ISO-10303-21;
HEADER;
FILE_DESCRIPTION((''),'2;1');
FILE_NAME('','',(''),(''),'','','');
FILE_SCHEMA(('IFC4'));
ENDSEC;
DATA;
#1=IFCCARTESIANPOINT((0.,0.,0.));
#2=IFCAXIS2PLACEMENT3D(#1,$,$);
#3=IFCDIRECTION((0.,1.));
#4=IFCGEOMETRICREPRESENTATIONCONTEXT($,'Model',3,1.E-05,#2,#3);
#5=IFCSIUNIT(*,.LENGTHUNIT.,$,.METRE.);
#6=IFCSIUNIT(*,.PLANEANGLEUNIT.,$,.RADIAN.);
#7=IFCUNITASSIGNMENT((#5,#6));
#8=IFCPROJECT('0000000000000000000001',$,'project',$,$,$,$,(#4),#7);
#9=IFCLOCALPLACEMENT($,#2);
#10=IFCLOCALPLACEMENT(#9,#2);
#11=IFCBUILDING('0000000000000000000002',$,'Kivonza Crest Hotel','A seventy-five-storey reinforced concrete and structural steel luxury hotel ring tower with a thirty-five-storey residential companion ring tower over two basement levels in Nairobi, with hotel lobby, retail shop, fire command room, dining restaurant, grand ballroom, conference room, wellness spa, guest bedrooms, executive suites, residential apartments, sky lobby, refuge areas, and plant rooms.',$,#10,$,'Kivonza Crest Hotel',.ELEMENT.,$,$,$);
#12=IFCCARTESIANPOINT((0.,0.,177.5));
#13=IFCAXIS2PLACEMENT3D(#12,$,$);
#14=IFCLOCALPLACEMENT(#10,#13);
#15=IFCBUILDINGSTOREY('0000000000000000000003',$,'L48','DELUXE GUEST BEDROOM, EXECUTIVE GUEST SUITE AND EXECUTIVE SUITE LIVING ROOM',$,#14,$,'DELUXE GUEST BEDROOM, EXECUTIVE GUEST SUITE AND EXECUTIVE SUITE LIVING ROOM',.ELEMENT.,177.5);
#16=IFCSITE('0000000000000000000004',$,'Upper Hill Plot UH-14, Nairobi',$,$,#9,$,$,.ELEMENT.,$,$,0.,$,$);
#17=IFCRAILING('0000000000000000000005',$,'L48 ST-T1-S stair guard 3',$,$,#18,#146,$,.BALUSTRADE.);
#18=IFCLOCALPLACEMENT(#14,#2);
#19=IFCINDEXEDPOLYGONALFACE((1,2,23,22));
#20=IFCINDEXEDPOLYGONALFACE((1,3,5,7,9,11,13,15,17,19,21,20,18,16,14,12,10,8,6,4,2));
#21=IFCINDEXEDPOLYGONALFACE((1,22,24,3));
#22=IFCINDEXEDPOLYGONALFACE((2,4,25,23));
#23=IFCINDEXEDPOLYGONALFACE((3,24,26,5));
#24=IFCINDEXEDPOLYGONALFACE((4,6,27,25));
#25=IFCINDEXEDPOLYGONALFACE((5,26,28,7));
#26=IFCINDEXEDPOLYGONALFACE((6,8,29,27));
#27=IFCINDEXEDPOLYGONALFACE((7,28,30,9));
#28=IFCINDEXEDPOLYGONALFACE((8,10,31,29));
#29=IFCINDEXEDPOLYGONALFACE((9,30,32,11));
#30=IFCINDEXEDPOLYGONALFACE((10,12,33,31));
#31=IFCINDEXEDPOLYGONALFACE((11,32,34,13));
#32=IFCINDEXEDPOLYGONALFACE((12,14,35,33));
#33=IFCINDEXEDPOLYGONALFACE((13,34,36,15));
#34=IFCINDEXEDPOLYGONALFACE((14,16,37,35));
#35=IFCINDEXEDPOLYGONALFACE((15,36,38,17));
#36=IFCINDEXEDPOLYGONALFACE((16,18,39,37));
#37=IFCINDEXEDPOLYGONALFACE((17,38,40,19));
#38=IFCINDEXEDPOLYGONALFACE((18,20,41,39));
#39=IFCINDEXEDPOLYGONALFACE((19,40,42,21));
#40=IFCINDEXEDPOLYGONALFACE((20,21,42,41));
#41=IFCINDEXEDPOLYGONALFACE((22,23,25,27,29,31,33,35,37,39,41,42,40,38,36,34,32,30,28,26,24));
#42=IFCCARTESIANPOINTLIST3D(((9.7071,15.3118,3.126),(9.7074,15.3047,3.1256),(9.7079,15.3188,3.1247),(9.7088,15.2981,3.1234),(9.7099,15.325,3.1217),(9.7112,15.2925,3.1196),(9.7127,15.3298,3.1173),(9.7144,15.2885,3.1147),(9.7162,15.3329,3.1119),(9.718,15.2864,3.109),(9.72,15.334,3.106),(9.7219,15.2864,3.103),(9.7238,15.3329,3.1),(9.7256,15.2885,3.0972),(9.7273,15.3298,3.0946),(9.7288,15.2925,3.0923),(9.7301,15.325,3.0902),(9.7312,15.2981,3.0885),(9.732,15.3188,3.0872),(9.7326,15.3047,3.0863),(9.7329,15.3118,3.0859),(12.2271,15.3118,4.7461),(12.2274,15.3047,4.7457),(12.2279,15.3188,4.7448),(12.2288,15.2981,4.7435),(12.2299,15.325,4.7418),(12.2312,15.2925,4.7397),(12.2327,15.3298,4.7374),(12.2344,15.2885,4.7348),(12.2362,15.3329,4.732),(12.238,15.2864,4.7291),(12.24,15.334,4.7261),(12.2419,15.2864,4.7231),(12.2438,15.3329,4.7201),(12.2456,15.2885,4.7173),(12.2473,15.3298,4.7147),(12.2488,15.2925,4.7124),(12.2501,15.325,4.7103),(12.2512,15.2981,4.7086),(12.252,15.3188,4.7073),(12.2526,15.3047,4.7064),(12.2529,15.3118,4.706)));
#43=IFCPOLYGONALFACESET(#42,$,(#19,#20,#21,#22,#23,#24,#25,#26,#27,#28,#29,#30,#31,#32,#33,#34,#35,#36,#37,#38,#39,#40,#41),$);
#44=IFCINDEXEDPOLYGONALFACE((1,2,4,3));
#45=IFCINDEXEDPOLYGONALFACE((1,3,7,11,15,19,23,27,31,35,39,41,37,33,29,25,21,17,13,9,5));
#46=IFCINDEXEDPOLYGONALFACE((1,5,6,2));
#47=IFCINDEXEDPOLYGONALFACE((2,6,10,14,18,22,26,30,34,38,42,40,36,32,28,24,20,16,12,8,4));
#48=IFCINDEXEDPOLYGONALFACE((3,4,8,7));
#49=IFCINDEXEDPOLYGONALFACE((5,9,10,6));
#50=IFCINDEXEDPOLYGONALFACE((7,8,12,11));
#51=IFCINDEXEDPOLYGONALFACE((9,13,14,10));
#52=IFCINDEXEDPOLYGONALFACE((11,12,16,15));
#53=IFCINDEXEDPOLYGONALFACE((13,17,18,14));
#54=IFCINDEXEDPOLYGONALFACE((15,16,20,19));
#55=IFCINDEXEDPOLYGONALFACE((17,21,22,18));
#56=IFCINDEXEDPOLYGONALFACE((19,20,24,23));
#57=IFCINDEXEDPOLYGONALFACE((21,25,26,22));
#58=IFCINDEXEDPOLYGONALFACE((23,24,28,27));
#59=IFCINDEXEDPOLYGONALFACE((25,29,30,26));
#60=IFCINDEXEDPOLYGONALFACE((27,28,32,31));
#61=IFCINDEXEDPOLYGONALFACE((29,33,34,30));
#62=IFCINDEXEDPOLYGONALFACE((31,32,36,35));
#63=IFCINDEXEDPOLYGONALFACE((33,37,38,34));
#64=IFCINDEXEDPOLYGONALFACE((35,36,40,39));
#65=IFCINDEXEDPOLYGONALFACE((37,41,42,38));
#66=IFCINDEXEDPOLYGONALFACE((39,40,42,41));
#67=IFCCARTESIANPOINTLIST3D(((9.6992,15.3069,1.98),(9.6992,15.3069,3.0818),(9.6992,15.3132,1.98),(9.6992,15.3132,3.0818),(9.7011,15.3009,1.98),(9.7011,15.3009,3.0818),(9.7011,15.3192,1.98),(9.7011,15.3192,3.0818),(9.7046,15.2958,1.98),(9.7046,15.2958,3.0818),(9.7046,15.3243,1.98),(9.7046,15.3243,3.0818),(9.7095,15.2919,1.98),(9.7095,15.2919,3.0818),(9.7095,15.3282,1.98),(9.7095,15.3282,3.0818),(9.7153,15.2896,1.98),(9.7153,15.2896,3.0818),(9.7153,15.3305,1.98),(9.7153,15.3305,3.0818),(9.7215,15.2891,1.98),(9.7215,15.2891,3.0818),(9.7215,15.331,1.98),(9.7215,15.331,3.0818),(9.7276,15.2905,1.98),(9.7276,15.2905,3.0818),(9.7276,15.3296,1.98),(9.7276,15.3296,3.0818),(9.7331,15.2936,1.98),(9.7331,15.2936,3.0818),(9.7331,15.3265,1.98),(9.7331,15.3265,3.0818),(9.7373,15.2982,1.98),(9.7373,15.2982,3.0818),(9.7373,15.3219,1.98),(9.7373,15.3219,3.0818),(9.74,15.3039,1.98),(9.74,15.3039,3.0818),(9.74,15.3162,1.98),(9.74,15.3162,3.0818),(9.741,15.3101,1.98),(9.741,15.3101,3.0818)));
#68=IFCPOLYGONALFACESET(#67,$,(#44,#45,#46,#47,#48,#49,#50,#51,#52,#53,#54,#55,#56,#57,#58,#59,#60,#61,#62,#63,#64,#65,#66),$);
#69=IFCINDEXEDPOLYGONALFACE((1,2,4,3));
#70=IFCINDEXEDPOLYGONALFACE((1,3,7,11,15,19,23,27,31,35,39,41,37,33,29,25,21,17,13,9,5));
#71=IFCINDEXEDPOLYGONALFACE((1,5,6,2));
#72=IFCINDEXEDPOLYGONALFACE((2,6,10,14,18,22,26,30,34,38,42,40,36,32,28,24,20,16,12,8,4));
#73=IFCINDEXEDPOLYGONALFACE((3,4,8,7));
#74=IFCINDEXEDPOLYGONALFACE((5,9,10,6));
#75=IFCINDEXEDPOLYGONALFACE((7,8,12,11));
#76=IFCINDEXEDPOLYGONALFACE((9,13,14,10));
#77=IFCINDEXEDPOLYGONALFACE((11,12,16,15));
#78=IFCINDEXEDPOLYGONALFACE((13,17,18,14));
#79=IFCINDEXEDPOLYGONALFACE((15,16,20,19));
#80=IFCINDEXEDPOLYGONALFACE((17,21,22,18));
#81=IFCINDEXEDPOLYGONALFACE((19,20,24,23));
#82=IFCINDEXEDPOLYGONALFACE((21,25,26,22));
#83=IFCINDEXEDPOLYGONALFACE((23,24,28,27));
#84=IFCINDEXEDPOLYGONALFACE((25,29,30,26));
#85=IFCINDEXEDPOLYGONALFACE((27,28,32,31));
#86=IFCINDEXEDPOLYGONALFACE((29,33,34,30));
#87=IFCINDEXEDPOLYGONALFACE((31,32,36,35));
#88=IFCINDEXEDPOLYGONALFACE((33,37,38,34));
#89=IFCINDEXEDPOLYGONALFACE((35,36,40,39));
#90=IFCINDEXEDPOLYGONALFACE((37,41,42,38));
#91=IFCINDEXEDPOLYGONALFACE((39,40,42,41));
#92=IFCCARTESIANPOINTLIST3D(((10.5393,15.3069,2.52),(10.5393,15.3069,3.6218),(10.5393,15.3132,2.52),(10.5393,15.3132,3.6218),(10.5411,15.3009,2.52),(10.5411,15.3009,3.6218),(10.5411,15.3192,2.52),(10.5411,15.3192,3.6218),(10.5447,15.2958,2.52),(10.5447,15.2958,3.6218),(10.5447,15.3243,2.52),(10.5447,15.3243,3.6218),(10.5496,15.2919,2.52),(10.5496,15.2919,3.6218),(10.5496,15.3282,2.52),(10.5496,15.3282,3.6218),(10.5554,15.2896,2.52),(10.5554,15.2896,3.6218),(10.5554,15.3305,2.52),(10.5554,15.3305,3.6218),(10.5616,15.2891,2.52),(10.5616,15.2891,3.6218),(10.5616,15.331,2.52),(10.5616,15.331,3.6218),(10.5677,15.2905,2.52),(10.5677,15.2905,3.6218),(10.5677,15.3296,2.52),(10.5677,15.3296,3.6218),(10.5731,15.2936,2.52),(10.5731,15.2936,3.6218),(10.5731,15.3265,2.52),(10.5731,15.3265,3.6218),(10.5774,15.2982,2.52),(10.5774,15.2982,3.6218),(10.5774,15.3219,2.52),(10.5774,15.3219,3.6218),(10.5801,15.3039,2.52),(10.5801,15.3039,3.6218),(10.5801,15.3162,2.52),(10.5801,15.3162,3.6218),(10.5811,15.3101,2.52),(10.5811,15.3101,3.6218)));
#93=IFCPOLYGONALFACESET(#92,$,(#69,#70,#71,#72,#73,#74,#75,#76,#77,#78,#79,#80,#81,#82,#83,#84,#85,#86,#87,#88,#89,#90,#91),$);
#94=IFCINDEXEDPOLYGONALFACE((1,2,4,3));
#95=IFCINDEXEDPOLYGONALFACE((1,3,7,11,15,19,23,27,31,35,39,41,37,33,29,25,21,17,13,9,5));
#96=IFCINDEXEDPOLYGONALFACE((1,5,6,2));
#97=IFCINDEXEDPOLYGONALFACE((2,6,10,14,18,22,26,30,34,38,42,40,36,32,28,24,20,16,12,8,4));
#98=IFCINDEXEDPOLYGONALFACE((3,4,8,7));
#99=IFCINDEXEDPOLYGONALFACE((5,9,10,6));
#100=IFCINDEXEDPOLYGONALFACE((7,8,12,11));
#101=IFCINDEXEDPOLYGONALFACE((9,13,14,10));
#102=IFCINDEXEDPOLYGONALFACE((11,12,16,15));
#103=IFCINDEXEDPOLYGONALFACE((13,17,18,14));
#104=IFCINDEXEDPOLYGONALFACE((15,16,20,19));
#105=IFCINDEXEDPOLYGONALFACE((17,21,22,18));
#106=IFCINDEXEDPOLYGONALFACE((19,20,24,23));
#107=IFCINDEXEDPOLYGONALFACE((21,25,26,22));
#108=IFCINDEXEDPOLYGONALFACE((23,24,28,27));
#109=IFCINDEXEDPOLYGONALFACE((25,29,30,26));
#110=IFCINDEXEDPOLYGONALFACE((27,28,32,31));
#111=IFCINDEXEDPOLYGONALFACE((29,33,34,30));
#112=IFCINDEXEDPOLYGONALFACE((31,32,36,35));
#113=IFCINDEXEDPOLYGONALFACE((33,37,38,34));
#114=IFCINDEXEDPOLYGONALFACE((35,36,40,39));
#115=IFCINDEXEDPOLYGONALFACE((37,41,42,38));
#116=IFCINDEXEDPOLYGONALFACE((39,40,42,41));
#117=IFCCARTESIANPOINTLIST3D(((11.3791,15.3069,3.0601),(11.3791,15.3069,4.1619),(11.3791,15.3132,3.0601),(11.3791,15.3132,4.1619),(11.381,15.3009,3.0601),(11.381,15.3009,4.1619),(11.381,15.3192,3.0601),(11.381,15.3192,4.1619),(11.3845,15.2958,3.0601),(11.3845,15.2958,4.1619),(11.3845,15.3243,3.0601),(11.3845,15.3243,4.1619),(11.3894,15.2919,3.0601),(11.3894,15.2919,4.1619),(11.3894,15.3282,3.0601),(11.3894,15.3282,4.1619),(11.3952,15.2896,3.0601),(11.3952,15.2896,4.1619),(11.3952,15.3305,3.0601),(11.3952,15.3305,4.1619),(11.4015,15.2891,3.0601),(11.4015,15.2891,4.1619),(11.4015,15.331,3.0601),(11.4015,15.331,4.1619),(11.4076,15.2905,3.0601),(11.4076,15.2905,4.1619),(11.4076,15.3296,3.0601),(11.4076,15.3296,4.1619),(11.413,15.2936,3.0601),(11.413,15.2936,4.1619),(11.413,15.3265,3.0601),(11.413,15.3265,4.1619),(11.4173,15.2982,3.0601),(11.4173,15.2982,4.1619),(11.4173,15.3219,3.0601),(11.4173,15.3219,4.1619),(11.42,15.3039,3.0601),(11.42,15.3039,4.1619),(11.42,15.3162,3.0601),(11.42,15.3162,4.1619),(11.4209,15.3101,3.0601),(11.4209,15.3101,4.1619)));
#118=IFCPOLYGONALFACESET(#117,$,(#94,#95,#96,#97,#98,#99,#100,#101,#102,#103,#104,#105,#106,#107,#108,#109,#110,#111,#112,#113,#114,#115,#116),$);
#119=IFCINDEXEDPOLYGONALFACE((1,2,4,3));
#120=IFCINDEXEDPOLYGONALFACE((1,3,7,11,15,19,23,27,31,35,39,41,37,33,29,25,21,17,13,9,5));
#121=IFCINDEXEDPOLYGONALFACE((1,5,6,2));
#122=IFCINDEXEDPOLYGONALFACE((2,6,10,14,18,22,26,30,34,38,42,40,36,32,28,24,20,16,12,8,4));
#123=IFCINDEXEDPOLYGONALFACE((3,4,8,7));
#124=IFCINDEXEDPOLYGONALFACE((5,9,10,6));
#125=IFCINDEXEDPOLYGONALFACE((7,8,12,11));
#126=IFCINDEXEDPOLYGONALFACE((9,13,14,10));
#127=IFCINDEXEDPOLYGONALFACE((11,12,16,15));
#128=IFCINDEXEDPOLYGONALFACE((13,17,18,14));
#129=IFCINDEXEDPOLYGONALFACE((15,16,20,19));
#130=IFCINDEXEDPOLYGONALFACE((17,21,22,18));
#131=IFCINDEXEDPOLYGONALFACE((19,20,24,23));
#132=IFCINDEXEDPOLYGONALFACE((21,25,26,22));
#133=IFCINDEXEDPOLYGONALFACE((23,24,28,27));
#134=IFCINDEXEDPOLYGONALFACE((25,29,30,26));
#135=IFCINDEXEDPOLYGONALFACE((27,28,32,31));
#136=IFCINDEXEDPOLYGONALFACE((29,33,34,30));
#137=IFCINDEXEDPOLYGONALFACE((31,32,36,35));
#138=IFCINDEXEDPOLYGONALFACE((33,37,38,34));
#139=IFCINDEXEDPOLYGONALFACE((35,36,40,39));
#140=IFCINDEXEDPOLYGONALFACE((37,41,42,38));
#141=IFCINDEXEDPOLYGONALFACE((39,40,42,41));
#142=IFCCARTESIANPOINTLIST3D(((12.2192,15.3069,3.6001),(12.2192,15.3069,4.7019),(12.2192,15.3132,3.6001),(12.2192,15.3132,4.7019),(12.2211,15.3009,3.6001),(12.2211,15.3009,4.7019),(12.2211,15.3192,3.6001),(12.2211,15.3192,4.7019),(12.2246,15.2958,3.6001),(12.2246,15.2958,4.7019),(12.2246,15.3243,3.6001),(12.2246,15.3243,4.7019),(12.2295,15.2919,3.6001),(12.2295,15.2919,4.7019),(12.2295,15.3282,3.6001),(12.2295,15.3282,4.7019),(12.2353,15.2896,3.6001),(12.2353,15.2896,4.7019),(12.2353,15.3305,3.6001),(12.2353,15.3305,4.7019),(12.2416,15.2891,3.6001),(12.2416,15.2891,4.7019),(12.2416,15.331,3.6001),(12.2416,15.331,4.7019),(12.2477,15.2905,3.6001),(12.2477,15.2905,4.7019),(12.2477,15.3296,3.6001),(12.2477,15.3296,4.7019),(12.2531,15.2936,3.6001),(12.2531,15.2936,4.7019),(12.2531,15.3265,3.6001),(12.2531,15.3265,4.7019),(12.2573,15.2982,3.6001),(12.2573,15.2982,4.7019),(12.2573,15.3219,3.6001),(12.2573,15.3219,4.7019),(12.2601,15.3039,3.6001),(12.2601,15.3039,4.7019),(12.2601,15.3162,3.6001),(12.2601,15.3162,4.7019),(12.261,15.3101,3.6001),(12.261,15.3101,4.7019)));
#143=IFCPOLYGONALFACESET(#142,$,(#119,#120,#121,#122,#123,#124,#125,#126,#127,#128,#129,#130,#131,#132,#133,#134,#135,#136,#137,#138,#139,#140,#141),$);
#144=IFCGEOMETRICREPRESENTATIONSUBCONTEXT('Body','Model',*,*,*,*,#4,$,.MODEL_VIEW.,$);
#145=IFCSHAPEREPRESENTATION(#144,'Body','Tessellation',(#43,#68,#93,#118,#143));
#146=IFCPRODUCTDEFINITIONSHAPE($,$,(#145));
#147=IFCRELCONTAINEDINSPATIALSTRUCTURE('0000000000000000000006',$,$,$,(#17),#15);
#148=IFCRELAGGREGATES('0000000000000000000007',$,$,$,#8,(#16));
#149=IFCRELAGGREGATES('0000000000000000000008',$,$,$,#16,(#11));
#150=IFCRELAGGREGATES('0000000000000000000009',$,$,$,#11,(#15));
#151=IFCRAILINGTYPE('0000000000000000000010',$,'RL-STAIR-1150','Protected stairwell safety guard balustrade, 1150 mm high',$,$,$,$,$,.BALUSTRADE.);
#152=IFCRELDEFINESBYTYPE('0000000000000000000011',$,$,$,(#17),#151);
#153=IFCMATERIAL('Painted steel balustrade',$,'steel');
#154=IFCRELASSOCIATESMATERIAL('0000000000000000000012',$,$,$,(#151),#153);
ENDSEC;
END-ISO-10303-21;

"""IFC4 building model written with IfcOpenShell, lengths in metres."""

from ifc_helpers import new_model, si_unit, direction, frame, origin, origin_2d, place, context, subcontext, project, spatial, circle, extrude, material, type_object, element, save


model = new_model("IFC4")

# Units and contexts
model_context = context("Model", 3, precision=1e-05, world=origin(), true_north=direction((0.0, 1.0)))
body_context = subcontext(model_context, "Body", "Model", "MODEL_VIEW")
ifc_project = project(units=[si_unit("LENGTHUNIT", "METRE"), si_unit("PLANEANGLEUNIT", "RADIAN")], contexts=[model_context])

# Site, building, storey
site_placement = place(None, origin())
site = spatial("IfcSite", under=ifc_project, at=site_placement, Name="Upper Hill Plot UH-14, Nairobi", CompositionType="ELEMENT", RefElevation=0.0)
building_placement = place(site_placement, origin())
building = spatial("IfcBuilding", under=site, at=building_placement, Name="Kivonza Crest Hotel", Description="A seventy-five-storey reinforced concrete and structural steel luxury hotel ring tower with a thirty-five-storey residential companion ring tower over two basement levels in Nairobi, with hotel lobby, retail shop, fire command room, dining restaurant, grand ballroom, conference room, wellness spa, guest bedrooms, executive suites, residential apartments, sky lobby, refuge areas, and plant rooms.", LongName="Kivonza Crest Hotel", CompositionType="ELEMENT")
storey_placement = place(building_placement, frame((0.0, 0.0, 177.5)))
storey = spatial("IfcBuildingStorey", under=building, at=storey_placement, Name="L48", Description="DELUXE GUEST BEDROOM, EXECUTIVE GUEST SUITE AND EXECUTIVE SUITE LIVING ROOM", LongName="DELUXE GUEST BEDROOM, EXECUTIVE GUEST SUITE AND EXECUTIVE SUITE LIVING ROOM", CompositionType="ELEMENT", Elevation=177.5)

# Railing
ifc_material_1 = material(Name="Painted steel balustrade", Category="steel")
railing_type_1 = type_object("IfcRailingType", Name="RL-STAIR-1150", Description="Protected stairwell safety guard balustrade, 1150 mm high", PredefinedType="BALUSTRADE", material=ifc_material_1)
railing_1_placement = place(storey_placement, frame((9.72, 15.3101, 1.98)))
element("IfcRailing", 1, at=railing_1_placement, inside=storey, type_object=railing_type_1, Name="L48 ST-T1-S stair guard 3", PredefinedType="BALUSTRADE", context=body_context, shape_type="SweptSolid", body=[
    extrude(circle(Radius=0.0239, at=origin_2d()), frame((0.0, 0.0, 1.126), z_axis=(0.841163, 0.0, 0.540782), x_axis=(0.0, 1.0, 0.0)), (0.0, 0.0, 1.0), 2.9958),
    extrude(circle(Radius=0.021, at=origin_2d()), origin(), (0.0, 0.0, 1.0), 1.1018),
    extrude(circle(Radius=0.021, at=origin_2d()), frame((0.8401, 0.0, 0.54)), (0.0, 0.0, 1.0), 1.1018),
    extrude(circle(Radius=0.021, at=origin_2d()), frame((1.6799, 0.0, 1.0801)), (0.0, 0.0, 1.0), 1.1018),
    extrude(circle(Radius=0.021, at=origin_2d()), frame((2.52, 0.0, 1.6201)), (0.0, 0.0, 1.0), 1.1018),
])

save(model, "model.ifc")
